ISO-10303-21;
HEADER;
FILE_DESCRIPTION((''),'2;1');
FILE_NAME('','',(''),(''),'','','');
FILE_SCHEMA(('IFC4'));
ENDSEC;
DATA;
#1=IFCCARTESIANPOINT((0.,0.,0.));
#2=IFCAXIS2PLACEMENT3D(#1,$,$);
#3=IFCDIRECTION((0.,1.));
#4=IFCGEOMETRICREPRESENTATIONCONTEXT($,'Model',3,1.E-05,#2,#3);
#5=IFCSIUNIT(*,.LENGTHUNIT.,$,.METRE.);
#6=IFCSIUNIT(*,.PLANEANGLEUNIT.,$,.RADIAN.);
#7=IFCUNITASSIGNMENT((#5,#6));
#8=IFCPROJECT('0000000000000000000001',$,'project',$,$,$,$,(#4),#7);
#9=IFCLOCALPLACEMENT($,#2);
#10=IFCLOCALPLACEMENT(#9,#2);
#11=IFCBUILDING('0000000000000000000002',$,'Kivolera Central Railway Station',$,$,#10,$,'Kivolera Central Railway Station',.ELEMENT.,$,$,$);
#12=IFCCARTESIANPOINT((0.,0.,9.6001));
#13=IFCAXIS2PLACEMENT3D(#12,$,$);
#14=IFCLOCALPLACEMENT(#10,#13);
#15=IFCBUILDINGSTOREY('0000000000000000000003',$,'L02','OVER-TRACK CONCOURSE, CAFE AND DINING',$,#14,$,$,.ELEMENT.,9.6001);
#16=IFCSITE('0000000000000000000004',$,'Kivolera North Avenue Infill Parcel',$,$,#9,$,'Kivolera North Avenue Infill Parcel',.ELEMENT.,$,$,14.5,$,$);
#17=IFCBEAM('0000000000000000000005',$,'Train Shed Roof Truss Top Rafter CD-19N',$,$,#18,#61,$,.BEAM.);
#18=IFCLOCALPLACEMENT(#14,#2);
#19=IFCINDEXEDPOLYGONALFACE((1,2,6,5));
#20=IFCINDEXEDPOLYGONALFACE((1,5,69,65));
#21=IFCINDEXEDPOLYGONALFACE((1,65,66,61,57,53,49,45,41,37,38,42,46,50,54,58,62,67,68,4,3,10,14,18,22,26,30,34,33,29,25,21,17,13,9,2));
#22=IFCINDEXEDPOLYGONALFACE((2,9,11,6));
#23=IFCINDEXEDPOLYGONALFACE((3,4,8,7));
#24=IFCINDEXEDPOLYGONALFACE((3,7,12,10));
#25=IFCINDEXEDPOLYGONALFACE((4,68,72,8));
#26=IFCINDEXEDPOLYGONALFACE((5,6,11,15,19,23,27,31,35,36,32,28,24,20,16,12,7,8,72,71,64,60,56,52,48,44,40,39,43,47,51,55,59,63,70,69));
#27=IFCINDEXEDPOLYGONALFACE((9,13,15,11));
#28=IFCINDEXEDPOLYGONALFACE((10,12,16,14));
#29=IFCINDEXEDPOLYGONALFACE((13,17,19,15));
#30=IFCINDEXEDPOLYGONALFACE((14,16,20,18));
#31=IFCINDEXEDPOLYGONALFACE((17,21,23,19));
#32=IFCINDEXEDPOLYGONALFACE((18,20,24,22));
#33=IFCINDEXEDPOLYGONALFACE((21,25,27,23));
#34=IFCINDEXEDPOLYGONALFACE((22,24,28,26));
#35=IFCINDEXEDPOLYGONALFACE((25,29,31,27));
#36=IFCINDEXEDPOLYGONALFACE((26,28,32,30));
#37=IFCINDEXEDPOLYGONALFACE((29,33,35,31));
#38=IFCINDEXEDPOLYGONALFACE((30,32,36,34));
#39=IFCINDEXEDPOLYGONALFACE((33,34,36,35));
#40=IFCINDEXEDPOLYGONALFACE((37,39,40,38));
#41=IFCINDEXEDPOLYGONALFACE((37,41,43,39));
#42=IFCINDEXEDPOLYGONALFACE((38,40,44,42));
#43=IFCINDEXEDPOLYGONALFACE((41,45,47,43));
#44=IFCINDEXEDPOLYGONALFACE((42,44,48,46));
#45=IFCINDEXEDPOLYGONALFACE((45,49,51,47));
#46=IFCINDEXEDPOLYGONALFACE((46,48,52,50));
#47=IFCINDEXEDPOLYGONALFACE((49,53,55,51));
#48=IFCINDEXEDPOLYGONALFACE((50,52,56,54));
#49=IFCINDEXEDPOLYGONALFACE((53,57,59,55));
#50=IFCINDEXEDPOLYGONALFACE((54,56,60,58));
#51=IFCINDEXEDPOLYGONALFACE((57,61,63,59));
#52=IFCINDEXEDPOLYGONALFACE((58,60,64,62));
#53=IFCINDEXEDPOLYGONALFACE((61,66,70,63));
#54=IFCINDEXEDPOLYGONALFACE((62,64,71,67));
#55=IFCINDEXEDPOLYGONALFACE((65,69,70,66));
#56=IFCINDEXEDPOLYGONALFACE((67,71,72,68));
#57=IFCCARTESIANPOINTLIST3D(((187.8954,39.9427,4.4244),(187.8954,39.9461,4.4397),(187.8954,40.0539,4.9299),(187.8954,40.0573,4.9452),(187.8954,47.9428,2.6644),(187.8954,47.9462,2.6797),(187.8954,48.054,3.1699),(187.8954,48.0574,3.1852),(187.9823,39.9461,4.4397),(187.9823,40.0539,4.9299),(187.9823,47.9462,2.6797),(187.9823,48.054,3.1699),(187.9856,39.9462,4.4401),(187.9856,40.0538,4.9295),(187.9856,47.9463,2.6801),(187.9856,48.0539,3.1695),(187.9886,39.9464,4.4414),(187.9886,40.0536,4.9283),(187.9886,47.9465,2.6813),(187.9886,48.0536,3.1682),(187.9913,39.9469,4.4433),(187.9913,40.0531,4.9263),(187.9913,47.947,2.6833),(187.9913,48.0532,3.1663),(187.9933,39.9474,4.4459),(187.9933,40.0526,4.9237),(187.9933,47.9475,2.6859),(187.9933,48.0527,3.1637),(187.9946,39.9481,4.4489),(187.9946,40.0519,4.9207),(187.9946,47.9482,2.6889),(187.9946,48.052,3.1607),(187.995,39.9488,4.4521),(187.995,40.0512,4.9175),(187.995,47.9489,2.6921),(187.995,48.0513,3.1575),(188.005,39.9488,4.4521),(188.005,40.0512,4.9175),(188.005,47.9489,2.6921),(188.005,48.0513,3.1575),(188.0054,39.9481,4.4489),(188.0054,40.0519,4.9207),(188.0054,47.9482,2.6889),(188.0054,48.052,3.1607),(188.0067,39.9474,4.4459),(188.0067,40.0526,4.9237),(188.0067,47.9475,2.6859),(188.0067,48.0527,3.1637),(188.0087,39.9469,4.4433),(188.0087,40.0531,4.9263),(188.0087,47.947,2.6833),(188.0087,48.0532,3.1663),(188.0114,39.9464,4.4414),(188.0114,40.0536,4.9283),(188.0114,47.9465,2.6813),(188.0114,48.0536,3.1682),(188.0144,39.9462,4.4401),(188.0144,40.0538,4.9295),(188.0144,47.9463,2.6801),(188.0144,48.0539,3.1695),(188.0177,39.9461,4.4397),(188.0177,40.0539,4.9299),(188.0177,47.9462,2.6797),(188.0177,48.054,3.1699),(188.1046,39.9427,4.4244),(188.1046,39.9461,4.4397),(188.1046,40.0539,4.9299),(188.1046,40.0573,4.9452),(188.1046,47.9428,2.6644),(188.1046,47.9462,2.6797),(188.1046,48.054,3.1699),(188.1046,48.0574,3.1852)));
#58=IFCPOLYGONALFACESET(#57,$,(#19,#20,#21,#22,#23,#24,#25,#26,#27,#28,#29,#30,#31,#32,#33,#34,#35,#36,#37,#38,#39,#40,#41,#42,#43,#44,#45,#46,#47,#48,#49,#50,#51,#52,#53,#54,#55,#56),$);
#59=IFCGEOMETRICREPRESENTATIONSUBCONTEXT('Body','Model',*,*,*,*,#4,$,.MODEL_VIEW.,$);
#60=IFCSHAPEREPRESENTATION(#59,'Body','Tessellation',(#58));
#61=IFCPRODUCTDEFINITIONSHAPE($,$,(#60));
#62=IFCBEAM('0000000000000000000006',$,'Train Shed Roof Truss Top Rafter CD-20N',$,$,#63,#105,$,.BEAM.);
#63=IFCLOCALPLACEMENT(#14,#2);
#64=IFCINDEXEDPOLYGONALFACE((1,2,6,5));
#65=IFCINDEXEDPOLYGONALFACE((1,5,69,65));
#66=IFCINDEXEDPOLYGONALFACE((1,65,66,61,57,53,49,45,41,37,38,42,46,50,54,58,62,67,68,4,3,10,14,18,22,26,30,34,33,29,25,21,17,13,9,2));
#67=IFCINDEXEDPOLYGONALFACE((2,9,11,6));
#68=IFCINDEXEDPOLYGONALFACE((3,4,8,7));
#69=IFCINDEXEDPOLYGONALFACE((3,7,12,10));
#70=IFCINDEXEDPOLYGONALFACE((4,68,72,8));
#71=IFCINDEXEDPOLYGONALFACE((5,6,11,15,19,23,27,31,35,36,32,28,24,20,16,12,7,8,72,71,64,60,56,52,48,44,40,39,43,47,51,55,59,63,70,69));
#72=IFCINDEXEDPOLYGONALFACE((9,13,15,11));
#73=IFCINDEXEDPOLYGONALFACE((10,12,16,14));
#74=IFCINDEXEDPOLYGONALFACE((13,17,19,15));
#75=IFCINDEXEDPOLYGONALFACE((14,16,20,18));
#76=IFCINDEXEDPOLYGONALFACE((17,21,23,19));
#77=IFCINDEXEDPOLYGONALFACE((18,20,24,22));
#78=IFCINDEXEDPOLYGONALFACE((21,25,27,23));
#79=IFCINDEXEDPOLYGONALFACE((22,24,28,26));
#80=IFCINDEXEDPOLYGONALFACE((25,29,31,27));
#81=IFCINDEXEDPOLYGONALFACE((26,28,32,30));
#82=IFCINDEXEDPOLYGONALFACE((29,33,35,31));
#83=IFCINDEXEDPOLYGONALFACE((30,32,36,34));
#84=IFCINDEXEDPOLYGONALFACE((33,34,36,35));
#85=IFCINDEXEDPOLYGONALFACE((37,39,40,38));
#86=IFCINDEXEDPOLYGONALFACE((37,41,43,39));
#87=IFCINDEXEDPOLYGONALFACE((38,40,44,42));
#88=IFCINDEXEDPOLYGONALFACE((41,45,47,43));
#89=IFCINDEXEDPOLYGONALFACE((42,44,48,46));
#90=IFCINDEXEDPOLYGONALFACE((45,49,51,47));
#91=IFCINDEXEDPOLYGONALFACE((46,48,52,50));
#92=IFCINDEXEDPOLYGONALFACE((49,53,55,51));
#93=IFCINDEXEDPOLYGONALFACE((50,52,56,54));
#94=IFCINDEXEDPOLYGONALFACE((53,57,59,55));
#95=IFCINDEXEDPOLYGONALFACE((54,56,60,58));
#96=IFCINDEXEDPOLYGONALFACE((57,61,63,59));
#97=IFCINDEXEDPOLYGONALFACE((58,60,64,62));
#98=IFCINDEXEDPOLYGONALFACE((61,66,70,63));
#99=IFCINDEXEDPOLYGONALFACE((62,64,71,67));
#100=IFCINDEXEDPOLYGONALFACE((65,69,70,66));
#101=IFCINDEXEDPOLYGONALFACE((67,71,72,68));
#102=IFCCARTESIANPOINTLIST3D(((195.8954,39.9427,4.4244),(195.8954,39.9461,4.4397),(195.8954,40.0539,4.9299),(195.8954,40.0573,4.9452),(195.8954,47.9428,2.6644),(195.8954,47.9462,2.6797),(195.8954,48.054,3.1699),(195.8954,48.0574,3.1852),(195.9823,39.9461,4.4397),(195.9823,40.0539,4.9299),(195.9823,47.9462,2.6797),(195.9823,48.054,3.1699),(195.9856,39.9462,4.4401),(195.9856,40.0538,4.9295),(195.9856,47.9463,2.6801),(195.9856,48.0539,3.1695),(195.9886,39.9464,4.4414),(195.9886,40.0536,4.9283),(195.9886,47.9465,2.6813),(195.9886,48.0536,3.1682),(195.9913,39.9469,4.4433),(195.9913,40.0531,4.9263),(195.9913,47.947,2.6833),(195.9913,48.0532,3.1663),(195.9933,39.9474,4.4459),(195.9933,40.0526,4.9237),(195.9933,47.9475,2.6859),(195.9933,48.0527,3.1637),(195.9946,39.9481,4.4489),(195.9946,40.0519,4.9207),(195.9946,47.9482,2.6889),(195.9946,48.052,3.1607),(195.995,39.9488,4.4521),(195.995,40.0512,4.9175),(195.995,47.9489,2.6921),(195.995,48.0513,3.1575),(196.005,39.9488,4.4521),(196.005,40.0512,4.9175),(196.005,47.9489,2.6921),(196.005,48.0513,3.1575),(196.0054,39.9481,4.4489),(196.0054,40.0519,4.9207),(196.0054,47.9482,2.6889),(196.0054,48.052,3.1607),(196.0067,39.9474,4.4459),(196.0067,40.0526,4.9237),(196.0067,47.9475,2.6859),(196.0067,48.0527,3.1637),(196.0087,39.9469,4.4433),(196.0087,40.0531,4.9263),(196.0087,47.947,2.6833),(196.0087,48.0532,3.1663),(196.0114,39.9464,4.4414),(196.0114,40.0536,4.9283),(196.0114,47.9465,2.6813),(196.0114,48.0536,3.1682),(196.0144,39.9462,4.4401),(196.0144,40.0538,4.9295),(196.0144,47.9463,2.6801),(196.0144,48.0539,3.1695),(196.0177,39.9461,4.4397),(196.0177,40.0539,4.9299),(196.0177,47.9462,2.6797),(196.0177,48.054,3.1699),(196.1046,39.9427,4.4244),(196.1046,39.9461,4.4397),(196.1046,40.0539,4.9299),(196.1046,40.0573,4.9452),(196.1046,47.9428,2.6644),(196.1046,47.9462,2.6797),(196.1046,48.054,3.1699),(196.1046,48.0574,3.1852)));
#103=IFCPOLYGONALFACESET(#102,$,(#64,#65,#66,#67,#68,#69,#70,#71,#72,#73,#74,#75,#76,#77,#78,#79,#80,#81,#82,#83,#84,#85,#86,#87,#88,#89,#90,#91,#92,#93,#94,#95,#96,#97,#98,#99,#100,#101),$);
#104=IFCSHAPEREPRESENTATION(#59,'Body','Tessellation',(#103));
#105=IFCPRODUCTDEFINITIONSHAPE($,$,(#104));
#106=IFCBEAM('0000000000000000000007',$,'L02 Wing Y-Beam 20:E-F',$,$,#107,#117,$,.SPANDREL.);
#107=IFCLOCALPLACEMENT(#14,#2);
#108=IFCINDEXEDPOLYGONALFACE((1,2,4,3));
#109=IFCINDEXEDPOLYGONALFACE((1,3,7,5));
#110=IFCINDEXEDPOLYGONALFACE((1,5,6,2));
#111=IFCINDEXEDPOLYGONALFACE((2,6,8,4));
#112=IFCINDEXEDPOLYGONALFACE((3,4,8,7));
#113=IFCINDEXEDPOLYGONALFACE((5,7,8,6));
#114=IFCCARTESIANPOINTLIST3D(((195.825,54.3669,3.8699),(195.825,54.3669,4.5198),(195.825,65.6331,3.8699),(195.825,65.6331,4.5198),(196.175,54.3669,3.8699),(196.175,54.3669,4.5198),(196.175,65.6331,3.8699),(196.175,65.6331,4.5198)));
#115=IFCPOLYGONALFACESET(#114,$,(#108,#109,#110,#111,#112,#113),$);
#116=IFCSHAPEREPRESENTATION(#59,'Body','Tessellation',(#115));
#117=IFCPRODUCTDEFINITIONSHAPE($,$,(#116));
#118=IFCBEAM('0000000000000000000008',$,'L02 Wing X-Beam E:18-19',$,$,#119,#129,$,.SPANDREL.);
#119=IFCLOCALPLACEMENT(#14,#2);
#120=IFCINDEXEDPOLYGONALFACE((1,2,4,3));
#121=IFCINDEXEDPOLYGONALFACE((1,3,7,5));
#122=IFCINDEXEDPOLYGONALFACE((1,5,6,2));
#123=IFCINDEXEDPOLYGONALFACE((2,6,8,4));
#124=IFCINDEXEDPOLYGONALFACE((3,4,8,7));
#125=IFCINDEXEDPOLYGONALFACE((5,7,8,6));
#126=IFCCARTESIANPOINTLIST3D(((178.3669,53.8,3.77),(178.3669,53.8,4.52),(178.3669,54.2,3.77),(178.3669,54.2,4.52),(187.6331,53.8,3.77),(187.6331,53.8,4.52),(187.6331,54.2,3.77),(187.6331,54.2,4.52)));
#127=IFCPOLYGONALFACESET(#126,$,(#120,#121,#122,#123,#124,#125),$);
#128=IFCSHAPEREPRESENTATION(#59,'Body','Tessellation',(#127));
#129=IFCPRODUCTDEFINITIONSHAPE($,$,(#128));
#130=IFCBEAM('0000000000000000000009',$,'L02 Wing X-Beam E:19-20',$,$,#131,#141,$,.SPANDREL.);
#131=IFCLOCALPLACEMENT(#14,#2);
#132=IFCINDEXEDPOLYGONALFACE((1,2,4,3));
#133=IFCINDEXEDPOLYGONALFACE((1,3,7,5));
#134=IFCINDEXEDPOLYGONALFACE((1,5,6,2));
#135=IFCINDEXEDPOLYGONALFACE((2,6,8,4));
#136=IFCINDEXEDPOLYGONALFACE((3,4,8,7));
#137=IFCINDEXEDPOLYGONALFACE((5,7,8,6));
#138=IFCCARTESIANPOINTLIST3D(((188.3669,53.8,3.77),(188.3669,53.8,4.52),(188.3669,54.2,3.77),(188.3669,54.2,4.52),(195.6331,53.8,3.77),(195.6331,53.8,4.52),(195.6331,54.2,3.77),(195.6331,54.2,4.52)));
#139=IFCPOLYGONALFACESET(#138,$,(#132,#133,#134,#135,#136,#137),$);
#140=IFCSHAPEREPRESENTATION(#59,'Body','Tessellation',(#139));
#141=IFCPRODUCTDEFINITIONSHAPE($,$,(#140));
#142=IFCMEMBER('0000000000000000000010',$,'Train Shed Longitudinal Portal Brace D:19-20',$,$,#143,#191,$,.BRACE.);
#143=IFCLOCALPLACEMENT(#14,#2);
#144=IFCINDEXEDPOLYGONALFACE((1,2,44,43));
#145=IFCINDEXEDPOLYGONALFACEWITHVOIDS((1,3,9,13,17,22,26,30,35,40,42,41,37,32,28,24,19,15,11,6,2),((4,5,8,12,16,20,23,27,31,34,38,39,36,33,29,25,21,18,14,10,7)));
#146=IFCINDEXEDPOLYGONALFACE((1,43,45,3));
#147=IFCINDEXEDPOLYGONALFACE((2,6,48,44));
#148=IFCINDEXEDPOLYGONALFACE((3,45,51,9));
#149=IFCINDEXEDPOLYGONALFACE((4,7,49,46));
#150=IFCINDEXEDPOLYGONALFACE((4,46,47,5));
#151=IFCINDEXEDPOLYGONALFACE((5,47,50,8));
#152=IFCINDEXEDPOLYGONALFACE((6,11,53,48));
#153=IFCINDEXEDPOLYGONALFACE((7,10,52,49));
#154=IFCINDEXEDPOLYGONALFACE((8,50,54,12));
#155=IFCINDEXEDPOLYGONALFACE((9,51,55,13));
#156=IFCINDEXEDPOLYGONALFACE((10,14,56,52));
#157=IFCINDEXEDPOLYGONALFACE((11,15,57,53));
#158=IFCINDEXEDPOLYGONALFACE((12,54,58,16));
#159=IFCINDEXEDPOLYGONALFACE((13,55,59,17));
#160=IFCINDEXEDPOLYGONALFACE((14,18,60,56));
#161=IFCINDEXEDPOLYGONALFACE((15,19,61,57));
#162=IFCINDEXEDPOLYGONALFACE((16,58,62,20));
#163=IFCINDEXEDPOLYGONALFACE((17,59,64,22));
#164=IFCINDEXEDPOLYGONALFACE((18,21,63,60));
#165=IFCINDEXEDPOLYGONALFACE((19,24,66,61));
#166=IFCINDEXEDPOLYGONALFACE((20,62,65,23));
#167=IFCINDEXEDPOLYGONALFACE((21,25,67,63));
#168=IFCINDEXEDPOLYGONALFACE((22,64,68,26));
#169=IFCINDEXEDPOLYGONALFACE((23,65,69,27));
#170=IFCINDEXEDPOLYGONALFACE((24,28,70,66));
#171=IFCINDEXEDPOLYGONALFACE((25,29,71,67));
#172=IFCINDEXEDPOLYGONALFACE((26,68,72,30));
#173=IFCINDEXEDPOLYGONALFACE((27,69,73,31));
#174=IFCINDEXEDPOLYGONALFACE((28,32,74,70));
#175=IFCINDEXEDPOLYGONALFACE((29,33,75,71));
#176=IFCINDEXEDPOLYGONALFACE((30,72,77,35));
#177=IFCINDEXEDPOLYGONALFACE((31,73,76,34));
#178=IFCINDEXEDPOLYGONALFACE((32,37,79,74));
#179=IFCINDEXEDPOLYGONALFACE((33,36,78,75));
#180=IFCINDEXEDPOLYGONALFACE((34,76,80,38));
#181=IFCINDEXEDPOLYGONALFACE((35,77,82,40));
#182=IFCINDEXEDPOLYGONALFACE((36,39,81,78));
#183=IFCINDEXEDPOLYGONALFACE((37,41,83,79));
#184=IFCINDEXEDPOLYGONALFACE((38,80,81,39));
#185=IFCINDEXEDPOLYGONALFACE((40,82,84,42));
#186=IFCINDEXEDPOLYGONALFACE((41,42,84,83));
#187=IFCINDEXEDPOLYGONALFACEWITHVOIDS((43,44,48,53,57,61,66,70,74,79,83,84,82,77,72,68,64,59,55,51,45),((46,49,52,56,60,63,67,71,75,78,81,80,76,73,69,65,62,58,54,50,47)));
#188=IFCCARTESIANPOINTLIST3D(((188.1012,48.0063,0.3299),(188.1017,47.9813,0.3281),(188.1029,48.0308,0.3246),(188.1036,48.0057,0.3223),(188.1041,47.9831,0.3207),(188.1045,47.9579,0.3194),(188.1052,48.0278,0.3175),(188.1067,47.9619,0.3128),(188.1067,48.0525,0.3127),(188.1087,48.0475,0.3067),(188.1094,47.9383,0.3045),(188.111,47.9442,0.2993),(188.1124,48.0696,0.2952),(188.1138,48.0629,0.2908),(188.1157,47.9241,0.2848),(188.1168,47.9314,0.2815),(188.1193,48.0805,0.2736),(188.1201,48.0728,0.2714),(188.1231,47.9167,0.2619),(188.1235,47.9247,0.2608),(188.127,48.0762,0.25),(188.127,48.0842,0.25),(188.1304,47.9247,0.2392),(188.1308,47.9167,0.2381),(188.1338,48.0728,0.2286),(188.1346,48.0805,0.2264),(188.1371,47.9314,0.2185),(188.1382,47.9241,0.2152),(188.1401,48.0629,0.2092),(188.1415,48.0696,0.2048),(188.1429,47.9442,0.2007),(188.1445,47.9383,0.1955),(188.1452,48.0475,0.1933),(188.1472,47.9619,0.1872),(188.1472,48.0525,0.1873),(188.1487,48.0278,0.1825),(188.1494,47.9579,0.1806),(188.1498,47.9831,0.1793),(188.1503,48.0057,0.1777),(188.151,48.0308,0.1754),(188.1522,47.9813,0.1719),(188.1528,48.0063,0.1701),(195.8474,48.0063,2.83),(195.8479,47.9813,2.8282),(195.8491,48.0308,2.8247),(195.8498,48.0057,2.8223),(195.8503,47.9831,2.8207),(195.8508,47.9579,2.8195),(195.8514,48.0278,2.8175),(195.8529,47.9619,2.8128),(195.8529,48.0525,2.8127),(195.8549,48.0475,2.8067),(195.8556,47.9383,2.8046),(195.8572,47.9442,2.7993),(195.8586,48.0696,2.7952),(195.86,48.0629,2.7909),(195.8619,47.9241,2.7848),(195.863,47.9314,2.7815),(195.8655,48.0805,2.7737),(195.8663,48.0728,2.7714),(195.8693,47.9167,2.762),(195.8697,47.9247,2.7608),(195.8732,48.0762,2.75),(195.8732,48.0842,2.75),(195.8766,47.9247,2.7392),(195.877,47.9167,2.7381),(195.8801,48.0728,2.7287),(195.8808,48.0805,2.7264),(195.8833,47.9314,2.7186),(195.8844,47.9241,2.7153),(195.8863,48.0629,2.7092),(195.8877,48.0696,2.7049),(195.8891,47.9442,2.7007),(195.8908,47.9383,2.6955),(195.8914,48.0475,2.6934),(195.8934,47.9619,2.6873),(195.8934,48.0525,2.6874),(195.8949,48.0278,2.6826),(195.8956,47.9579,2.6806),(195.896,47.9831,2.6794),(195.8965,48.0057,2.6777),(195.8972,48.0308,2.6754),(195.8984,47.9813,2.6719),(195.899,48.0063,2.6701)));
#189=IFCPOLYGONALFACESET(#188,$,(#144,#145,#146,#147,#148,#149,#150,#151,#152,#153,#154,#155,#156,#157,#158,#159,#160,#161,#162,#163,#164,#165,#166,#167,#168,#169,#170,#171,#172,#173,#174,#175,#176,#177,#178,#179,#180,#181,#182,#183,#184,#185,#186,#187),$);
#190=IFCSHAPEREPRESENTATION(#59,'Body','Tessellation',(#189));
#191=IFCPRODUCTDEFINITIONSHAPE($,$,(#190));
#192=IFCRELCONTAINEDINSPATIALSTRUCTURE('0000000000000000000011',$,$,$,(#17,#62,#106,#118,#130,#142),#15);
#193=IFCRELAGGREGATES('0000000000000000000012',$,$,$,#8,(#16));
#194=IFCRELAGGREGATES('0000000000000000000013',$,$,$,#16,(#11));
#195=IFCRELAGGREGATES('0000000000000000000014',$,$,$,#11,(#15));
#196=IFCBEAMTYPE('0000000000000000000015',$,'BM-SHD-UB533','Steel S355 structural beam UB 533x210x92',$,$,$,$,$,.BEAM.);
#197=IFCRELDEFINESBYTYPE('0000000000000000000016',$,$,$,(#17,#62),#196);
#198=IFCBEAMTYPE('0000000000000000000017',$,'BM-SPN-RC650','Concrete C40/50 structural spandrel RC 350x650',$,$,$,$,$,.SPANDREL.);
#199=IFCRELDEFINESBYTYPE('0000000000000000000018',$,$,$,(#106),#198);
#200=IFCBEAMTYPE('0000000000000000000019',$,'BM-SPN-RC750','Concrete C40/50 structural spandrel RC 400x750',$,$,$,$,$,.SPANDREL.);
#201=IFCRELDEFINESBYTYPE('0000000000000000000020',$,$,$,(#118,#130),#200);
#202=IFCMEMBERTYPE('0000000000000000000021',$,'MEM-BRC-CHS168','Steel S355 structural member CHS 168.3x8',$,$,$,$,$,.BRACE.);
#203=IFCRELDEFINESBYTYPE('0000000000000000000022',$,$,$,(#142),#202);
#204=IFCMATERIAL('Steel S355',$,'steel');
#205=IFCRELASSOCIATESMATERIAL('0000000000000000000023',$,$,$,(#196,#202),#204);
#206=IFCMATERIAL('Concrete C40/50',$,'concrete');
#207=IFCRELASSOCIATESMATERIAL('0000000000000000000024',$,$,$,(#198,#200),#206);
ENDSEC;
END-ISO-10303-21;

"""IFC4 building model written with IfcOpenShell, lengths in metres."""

from ifc_helpers import new_model, si_unit, direction, frame, origin, origin_2d, place, context, subcontext, project, spatial, rectangle, hollow_circle, i_section, extrude, material, material_profile, profile_set, type_object, element, save


model = new_model("IFC4")

# Units and contexts
model_context = context("Model", 3, precision=1e-05, world=origin(), true_north=direction((0.0, 1.0)))
body_context = subcontext(model_context, "Body", "Model", "MODEL_VIEW")
ifc_project = project(units=[si_unit("LENGTHUNIT", "METRE"), si_unit("PLANEANGLEUNIT", "RADIAN")], contexts=[model_context])

# Site, building, storey
site_placement = place(None, origin())
site = spatial("IfcSite", under=ifc_project, at=site_placement, Name="Kivolera North Avenue Infill Parcel", LongName="Kivolera North Avenue Infill Parcel", CompositionType="ELEMENT", RefElevation=14.5)
building_placement = place(site_placement, origin())
building = spatial("IfcBuilding", under=site, at=building_placement, Name="Kivolera Central Railway Station", LongName="Kivolera Central Railway Station", CompositionType="ELEMENT")
storey_placement = place(building_placement, frame((0.0, 0.0, 9.6001)))
storey = spatial("IfcBuildingStorey", under=building, at=storey_placement, Name="L02", Description="OVER-TRACK CONCOURSE, CAFE AND DINING", CompositionType="ELEMENT", Elevation=9.6001)

# Shared definitions
ifc_material_1 = material(Name="Concrete C40/50", Category="concrete")
ifc_material_2 = material(Name="Steel S355", Category="steel")

# Beams
ifc_material_profile_1 = material_profile(ifc_material_2, i_section(OverallWidth=0.2092, OverallDepth=0.5332, WebThickness=0.01, FlangeThickness=0.0156, FilletRadius=0.0127, at=origin_2d()), Name="UB 533x210x92")
ifc_profile_set_1 = profile_set([ifc_material_profile_1], Name="Steel S355")
beam_type_1 = type_object("IfcBeamType", Name="BM-SHD-UB533", Description="Steel S355 structural beam UB 533x210x92", PredefinedType="BEAM", material=ifc_profile_set_1)
for number, where, z_axis, x_axis, name in (
    (1, (188.0, 40.0, 4.6848), (0.0, 0.976644, -0.214863), (-1.0, 0.0, 0.0), "Train Shed Roof Truss Top Rafter CD-19N"),
    (2, (196.0, 40.0, 4.6848), (0.0, 0.976644, -0.214863), (-1.0, 0.0, 0.0), "Train Shed Roof Truss Top Rafter CD-20N"),
):
    element("IfcBeam", number, at=place(storey_placement, frame(where, z_axis=z_axis, x_axis=x_axis)), inside=storey, type_object=beam_type_1, Name=name, PredefinedType="BEAM", context=body_context, shape_type="SweptSolid", body=[
        extrude(i_section(OverallWidth=0.2092, OverallDepth=0.5332, WebThickness=0.01, FlangeThickness=0.0156, FilletRadius=0.0127, at=origin_2d()), origin(), (0.0, 0.0, 1.0), 8.1914),
    ])
ifc_material_profile_2 = material_profile(ifc_material_1, rectangle(XDim=0.3501, YDim=0.6499, at=origin_2d()), Name="RC 350x650")
ifc_profile_set_2 = profile_set([ifc_material_profile_2], Name="Concrete C40/50")
beam_type_2 = type_object("IfcBeamType", Name="BM-SPN-RC650", Description="Concrete C40/50 structural spandrel RC 350x650", PredefinedType="SPANDREL", material=ifc_profile_set_2)
beam_1_placement = place(storey_placement, frame((196.0, 54.3669, 4.1948), z_axis=(0.0, 1.0, 0.0), x_axis=(-1.0, 0.0, 0.0)))
element("IfcBeam", 3, at=beam_1_placement, inside=storey, type_object=beam_type_2, Name="L02 Wing Y-Beam 20:E-F", PredefinedType="SPANDREL", context=body_context, shape_type="SweptSolid", body=[
    extrude(rectangle(XDim=0.3501, YDim=0.6499, at=origin_2d()), origin(), (0.0, 0.0, 1.0), 11.2661),
])
ifc_material_profile_3 = material_profile(ifc_material_1, rectangle(XDim=0.3999, YDim=0.75, at=origin_2d()), Name="RC 400x750")
ifc_profile_set_3 = profile_set([ifc_material_profile_3], Name="Concrete C40/50")
beam_type_3 = type_object("IfcBeamType", Name="BM-SPN-RC750", Description="Concrete C40/50 structural spandrel RC 400x750", PredefinedType="SPANDREL", material=ifc_profile_set_3)
beam_2_placement = place(storey_placement, frame((178.3669, 54.0, 4.145), z_axis=(1.0, 0.0, 0.0), x_axis=(0.0, 1.0, 0.0)))
element("IfcBeam", 4, at=beam_2_placement, inside=storey, type_object=beam_type_3, Name="L02 Wing X-Beam E:18-19", PredefinedType="SPANDREL", context=body_context, shape_type="SweptSolid", body=[
    extrude(rectangle(XDim=0.3999, YDim=0.75, at=origin_2d()), origin(), (0.0, 0.0, 1.0), 9.2661),
])
beam_3_placement = place(storey_placement, frame((188.3669, 54.0, 4.145), z_axis=(1.0, 0.0, 0.0), x_axis=(0.0, 1.0, 0.0)))
element("IfcBeam", 5, at=beam_3_placement, inside=storey, type_object=beam_type_3, Name="L02 Wing X-Beam E:19-20", PredefinedType="SPANDREL", context=body_context, shape_type="SweptSolid", body=[
    extrude(rectangle(XDim=0.3999, YDim=0.75, at=origin_2d()), origin(), (0.0, 0.0, 1.0), 7.2661),
])

# Member
ifc_material_profile_4 = material_profile(ifc_material_2, hollow_circle(Radius=0.0842, WallThickness=0.0081, at=origin_2d()), Name="CHS 168.3x8")
ifc_profile_set_4 = profile_set([ifc_material_profile_4], Name="Steel S355")
member_type_1 = type_object("IfcMemberType", Name="MEM-BRC-CHS168", Description="Steel S355 structural member CHS 168.3x8", PredefinedType="BRACE", material=ifc_profile_set_4)
member_placement = place(storey_placement, frame((188.127, 48.0, 0.25), z_axis=(0.951663, 0.0, 0.307143), x_axis=(0.0, 1.0, 0.0)))
element("IfcMember", 6, at=member_placement, inside=storey, type_object=member_type_1, Name="Train Shed Longitudinal Portal Brace D:19-20", PredefinedType="BRACE", context=body_context, shape_type="SweptSolid", body=[
    extrude(hollow_circle(Radius=0.0842, WallThickness=0.0081, at=origin_2d()), origin(), (0.0, 0.0, 1.0), 8.1396),
])

save(model, "model.ifc")
